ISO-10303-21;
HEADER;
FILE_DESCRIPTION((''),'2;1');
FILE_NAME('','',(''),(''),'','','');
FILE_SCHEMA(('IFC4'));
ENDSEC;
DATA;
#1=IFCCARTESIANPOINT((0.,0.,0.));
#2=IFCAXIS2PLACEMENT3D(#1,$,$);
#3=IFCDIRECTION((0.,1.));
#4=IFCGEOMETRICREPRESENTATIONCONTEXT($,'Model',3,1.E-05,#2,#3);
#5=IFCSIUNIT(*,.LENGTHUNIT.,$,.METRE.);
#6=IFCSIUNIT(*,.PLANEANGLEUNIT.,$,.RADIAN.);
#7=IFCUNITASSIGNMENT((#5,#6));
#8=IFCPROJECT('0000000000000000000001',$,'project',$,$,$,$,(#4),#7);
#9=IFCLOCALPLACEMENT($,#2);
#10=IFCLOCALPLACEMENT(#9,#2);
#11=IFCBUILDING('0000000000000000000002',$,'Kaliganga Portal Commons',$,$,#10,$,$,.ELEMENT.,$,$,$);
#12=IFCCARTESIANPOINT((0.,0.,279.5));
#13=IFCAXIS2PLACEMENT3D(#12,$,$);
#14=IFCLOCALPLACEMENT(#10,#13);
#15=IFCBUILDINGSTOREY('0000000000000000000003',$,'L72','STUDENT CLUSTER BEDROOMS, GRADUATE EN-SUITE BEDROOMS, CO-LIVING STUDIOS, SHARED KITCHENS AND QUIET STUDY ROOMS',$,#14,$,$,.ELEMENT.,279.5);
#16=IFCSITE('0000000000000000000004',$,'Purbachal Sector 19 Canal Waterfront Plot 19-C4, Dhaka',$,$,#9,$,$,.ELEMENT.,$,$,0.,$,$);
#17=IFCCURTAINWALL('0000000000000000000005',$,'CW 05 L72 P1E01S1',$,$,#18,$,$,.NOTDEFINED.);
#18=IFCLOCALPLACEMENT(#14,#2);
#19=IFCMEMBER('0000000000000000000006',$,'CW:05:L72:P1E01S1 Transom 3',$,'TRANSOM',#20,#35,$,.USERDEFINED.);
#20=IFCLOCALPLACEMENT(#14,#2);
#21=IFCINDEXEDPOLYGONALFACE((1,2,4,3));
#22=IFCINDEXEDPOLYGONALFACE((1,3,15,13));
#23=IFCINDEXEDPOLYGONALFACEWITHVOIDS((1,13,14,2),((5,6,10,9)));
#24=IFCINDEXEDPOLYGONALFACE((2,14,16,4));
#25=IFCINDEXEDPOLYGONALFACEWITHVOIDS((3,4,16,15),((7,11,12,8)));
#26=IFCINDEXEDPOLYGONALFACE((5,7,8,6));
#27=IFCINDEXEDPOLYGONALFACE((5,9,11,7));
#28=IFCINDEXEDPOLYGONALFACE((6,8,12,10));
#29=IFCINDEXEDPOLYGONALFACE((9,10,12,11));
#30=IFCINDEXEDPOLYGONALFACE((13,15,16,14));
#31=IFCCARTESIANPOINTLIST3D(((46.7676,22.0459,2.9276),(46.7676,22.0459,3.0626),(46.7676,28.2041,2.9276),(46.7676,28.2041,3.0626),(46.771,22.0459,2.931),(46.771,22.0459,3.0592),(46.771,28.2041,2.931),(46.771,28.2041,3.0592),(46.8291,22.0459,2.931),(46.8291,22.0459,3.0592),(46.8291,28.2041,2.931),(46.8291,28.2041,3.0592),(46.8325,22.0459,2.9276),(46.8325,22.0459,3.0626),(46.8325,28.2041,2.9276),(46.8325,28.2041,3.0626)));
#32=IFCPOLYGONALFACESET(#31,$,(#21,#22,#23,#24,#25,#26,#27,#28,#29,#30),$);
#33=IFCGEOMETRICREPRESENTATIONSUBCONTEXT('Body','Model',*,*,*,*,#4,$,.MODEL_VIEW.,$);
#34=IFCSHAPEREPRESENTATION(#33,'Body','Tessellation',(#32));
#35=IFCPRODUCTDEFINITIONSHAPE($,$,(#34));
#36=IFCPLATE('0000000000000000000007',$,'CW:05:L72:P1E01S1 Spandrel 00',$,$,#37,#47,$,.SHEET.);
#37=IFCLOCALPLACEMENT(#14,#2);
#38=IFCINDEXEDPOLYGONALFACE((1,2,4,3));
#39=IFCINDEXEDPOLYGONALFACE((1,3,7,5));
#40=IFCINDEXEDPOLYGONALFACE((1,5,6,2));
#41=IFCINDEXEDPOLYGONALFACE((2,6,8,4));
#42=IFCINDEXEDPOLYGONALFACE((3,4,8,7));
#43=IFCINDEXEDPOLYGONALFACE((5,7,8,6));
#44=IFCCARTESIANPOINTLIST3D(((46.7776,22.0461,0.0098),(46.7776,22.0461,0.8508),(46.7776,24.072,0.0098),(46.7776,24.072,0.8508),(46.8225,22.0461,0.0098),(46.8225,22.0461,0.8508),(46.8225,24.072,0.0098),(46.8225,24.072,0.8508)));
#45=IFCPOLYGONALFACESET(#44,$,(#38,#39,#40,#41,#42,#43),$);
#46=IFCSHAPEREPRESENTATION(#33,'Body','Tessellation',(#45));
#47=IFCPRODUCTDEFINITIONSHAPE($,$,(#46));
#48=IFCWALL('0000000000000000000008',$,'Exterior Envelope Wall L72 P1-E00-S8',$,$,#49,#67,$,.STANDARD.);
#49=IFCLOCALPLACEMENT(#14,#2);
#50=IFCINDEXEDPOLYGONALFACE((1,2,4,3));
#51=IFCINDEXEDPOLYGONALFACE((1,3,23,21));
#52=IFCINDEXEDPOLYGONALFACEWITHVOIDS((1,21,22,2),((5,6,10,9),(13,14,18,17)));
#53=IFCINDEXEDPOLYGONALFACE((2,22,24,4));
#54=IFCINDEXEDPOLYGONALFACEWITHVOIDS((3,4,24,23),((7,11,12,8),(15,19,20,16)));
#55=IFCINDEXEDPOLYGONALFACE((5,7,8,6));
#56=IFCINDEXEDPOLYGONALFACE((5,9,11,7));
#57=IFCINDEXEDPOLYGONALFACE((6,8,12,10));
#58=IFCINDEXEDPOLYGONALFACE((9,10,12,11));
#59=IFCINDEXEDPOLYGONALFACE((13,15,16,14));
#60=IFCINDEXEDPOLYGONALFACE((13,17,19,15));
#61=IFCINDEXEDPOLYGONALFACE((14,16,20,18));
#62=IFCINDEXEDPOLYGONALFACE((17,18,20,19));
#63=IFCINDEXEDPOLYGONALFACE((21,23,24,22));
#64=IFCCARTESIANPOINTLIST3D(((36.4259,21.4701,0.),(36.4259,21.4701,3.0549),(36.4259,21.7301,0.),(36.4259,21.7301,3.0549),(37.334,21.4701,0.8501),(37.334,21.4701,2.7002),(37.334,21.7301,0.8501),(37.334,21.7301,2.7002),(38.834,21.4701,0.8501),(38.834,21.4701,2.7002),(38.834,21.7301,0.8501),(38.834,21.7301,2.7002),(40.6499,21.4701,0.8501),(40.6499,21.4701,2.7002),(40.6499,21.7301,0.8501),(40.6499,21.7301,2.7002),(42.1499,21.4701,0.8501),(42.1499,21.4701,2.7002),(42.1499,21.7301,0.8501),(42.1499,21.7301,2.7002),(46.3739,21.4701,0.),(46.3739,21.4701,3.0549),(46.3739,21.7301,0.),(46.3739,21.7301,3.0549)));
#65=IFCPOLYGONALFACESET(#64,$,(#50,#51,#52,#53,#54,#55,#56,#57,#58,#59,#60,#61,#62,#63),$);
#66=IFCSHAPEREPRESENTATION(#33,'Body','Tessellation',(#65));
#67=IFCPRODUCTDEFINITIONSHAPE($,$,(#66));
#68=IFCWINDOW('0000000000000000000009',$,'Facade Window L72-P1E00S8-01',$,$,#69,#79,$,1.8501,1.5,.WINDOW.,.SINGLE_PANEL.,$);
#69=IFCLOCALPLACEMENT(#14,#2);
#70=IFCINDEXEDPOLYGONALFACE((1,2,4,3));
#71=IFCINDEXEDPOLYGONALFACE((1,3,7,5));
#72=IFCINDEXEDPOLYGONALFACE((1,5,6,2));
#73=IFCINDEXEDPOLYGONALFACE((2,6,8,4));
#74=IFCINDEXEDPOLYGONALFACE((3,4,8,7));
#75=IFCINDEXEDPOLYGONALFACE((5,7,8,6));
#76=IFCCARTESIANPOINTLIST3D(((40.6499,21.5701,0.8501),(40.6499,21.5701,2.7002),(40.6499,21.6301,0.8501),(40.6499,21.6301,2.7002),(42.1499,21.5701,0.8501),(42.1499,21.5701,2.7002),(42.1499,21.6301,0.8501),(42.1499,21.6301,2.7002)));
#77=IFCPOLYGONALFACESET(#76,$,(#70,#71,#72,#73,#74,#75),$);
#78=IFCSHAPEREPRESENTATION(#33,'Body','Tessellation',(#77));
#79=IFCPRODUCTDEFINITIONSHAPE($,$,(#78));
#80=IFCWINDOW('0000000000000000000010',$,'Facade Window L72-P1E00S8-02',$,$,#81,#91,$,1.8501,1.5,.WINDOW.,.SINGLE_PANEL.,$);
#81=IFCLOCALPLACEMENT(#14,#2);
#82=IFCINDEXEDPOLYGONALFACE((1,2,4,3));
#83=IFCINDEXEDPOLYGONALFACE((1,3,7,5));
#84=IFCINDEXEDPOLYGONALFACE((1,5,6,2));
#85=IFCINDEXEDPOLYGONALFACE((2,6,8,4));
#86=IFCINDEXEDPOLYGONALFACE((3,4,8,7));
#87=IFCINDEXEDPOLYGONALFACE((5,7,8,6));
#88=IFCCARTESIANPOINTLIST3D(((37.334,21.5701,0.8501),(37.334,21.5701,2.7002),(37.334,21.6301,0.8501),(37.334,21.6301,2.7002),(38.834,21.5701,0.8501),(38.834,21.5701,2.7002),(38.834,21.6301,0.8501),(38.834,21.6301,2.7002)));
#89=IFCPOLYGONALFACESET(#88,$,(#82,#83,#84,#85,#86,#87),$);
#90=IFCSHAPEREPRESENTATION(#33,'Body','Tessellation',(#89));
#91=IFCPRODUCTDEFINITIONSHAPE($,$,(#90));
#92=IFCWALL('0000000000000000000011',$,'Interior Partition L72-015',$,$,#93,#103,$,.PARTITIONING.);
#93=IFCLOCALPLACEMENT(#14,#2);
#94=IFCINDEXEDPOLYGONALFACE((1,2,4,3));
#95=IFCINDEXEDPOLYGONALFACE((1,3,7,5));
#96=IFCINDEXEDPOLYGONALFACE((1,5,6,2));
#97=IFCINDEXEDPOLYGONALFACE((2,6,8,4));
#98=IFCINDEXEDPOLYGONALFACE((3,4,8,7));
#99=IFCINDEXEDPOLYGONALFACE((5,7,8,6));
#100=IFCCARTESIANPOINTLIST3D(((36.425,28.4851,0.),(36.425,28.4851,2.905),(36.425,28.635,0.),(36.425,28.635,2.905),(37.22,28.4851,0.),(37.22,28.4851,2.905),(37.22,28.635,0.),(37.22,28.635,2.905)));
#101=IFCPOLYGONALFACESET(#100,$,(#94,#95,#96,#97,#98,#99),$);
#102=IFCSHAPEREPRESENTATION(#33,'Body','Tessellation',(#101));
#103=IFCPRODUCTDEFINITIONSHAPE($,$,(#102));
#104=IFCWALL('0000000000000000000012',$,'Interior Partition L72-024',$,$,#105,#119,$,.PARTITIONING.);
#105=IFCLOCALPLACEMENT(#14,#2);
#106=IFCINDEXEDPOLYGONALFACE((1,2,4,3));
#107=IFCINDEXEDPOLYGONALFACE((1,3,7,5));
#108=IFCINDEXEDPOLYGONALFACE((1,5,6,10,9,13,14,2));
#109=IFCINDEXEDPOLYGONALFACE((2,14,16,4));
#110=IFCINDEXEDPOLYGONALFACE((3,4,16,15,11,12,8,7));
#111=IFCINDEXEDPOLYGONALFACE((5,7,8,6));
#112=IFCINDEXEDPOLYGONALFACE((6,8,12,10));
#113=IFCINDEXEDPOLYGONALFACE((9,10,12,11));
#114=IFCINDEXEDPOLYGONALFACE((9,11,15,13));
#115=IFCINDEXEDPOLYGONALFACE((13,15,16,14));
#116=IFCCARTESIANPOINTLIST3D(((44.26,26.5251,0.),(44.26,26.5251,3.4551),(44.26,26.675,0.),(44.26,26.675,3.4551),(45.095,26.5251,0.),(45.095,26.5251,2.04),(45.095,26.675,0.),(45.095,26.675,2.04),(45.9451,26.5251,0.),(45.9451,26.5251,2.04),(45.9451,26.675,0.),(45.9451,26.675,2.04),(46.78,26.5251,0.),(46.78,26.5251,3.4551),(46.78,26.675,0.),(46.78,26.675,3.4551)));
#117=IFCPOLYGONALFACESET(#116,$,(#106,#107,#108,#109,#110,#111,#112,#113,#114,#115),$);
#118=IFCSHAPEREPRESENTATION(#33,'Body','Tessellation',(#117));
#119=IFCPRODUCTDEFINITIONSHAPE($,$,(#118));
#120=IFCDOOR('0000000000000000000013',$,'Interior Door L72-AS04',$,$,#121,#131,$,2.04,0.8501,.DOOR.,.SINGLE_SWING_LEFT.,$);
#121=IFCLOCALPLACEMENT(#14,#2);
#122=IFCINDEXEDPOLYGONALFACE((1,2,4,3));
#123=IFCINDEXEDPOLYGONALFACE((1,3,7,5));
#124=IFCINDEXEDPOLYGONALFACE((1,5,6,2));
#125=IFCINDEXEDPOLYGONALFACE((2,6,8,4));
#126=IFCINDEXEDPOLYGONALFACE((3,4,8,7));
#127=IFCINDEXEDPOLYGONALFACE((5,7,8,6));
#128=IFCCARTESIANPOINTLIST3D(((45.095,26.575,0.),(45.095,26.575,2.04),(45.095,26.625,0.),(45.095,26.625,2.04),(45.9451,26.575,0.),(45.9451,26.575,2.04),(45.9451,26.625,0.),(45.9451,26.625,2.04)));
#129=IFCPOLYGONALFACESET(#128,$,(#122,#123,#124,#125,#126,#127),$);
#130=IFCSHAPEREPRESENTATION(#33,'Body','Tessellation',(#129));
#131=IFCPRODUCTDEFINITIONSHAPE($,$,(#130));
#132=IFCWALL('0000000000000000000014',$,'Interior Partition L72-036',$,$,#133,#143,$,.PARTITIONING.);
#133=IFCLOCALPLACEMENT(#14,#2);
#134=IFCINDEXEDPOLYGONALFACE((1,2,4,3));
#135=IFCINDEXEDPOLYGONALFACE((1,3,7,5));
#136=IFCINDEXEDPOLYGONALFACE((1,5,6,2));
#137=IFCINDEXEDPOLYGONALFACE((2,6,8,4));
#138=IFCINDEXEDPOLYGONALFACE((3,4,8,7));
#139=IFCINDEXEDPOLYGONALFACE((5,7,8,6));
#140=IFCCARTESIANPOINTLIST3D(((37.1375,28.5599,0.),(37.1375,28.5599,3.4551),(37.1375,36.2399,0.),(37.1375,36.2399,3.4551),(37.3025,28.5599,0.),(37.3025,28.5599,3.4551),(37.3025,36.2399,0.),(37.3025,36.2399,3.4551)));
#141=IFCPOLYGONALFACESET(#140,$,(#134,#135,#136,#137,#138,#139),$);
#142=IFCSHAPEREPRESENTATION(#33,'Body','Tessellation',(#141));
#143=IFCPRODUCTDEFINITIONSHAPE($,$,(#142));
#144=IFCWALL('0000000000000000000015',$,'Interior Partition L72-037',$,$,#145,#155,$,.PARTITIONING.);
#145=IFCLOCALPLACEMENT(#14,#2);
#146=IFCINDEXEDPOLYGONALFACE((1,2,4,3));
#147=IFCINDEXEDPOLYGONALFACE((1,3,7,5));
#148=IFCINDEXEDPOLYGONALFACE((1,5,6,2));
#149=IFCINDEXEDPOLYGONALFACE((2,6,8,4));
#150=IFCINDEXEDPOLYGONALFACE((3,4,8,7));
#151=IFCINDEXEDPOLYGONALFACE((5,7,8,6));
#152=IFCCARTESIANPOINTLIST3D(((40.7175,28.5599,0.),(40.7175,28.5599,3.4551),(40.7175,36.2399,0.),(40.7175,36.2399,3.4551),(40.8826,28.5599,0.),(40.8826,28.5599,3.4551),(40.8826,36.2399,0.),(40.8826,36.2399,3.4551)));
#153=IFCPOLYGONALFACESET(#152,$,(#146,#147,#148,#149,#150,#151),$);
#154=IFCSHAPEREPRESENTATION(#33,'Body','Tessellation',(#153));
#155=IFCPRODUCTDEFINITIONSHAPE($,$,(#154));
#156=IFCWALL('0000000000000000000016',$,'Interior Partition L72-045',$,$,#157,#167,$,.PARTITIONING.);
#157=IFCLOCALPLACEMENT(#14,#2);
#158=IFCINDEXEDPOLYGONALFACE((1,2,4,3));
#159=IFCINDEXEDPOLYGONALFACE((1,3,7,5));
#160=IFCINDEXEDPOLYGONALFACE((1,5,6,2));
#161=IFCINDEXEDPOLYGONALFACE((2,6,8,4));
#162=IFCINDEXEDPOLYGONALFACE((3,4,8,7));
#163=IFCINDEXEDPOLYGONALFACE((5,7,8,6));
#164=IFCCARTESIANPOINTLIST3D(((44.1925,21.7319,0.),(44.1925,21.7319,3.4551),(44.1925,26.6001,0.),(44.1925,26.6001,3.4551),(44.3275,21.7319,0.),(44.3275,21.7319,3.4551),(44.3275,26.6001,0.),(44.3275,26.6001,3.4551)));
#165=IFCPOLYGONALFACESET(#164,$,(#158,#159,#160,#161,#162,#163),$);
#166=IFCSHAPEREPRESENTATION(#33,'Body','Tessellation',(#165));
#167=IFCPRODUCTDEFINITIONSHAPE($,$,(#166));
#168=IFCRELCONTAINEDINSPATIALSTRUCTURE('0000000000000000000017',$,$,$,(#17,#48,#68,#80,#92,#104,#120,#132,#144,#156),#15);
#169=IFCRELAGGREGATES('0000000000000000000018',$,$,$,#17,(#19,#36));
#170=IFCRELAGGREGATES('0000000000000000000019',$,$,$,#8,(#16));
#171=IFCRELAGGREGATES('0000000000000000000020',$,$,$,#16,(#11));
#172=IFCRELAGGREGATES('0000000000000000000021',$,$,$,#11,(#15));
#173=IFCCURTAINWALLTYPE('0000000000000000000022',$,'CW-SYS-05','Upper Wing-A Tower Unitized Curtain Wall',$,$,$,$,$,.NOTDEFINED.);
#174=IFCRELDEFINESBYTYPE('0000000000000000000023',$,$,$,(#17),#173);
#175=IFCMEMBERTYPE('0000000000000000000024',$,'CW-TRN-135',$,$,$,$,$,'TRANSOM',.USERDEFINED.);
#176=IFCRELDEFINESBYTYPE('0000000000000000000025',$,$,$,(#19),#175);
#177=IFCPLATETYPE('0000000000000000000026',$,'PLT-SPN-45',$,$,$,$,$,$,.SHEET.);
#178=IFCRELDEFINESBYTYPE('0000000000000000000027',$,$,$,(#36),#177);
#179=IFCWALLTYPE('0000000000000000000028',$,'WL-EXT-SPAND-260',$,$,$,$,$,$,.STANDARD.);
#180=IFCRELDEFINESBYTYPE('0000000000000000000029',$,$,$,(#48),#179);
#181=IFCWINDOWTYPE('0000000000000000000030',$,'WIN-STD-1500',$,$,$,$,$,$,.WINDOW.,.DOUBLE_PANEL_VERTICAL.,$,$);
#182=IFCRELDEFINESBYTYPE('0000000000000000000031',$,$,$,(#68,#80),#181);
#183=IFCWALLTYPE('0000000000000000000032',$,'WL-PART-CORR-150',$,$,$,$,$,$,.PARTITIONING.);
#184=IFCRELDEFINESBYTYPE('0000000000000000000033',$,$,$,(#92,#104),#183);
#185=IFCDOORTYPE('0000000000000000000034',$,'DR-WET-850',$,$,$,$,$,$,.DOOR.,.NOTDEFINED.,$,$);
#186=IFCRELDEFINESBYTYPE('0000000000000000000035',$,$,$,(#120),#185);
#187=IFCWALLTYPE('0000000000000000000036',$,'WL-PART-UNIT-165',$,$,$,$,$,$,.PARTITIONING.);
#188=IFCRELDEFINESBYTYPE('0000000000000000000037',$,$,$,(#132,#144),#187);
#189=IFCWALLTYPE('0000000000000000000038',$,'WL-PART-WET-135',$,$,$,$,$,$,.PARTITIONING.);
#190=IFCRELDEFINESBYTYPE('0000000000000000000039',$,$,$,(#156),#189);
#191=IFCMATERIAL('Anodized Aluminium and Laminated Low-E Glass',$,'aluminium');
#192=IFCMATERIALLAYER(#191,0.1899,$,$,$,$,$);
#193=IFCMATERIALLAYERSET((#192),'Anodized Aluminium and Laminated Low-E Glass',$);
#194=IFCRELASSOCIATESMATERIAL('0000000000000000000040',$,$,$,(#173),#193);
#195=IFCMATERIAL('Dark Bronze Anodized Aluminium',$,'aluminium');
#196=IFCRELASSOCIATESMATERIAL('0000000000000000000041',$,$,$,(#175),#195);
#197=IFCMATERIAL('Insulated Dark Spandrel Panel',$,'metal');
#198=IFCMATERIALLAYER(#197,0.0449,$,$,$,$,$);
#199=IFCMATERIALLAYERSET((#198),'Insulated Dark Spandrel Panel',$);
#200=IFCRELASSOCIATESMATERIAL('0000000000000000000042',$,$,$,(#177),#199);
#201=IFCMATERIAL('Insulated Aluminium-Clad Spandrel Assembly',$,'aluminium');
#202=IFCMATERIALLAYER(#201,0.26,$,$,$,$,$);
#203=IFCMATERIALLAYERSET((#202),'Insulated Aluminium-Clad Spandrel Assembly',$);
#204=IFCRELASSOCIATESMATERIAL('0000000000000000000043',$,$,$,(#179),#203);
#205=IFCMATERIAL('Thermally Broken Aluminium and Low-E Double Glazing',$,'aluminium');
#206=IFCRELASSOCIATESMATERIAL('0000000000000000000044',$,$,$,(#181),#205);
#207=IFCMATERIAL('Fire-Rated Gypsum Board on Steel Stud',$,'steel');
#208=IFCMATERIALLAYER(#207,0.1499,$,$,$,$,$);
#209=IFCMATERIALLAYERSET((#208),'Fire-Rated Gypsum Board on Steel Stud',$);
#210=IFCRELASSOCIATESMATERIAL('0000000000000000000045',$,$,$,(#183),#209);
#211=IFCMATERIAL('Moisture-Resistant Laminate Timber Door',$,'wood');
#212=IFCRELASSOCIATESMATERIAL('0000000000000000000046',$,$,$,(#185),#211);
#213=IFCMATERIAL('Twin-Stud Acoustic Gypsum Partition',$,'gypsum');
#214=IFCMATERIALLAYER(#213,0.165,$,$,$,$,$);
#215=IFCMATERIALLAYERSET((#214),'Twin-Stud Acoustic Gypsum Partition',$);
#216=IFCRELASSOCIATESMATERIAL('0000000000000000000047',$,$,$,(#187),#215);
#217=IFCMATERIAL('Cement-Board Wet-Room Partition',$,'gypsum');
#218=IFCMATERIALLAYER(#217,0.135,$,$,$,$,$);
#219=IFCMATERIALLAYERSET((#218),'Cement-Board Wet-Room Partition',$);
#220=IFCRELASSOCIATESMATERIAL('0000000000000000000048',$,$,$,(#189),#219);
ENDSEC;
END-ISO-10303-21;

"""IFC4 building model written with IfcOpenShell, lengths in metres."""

from ifc_helpers import new_model, si_unit, direction, frame, frame_2d, origin, origin_2d, place, context, subcontext, project, spatial, rectangle, hollow_rectangle, extrude, source, transform, mapped, material, layer, layer_set, material_profile, profile_set, type_object, element, fill, aggregate, save


model = new_model("IFC4")

# Units and contexts
model_context = context("Model", 3, precision=1e-05, world=origin(), true_north=direction((0.0, 1.0)))
body_context = subcontext(model_context, "Body", "Model", "MODEL_VIEW")
ifc_project = project(units=[si_unit("LENGTHUNIT", "METRE"), si_unit("PLANEANGLEUNIT", "RADIAN")], contexts=[model_context])

# Site, building, storey
site_placement = place(None, origin())
site = spatial("IfcSite", under=ifc_project, at=site_placement, Name="Purbachal Sector 19 Canal Waterfront Plot 19-C4, Dhaka", CompositionType="ELEMENT", RefElevation=0.0)
building_placement = place(site_placement, origin())
building = spatial("IfcBuilding", under=site, at=building_placement, Name="Kaliganga Portal Commons", CompositionType="ELEMENT")
storey_placement = place(building_placement, frame((0.0, 0.0, 279.5)))
storey = spatial("IfcBuildingStorey", under=building, at=storey_placement, Name="L72", Description="STUDENT CLUSTER BEDROOMS, GRADUATE EN-SUITE BEDROOMS, CO-LIVING STUDIOS, SHARED KITCHENS AND QUIET STUDY ROOMS", CompositionType="ELEMENT", Elevation=279.5)

# Curtain wall, member, plate
ifc_material_1 = material(Name="Anodized Aluminium and Laminated Low-E Glass", Category="aluminium")
ifc_layer_1 = layer(ifc_material_1, 0.1899)
ifc_layer_set_1 = layer_set([ifc_layer_1], Name="Anodized Aluminium and Laminated Low-E Glass")
curtain_wall_type = type_object("IfcCurtainWallType", Name="CW-SYS-05", Description="Upper Wing-A Tower Unitized Curtain Wall", PredefinedType="NOTDEFINED", material=ifc_layer_set_1)
curtain_wall_placement = place(storey_placement, origin())
curtain_wall = element("IfcCurtainWall", 1, at=curtain_wall_placement, inside=storey, type_object=curtain_wall_type, Name="CW 05 L72 P1E01S1", PredefinedType="NOTDEFINED")
ifc_material_2 = material(Name="Dark Bronze Anodized Aluminium", Category="aluminium")
ifc_material_profile_1 = material_profile(ifc_material_2, hollow_rectangle(XDim=0.0649, YDim=0.135, WallThickness=0.0034, at=origin_2d()), Name="ALU TRAN 65x135x3.5")
ifc_profile_set_1 = profile_set([ifc_material_profile_1], Name="Dark Bronze Anodized Aluminium")
member_type_1 = type_object("IfcMemberType", Name="CW-TRN-135", ElementType="TRANSOM", PredefinedType="USERDEFINED", material=ifc_profile_set_1)
shared_shape_1 = source(origin(), body_context, "Body", "SweptSolid", [
    extrude(hollow_rectangle(XDim=0.0649, YDim=0.135, WallThickness=0.0034, at=origin_2d()), origin(), (0.0, 0.0, 1.0), 6.1582),
])
member_1_placement = place(storey_placement, frame((46.8, 22.0459, 2.9951), z_axis=(0.0, 1.0, 0.0), x_axis=(-1.0, 0.0, 0.0)))
member_1 = element("IfcMember", 2, at=member_1_placement, type_object=member_type_1, Name="CW:05:L72:P1E01S1 Transom 3", ObjectType="TRANSOM", PredefinedType="USERDEFINED", context=body_context, shape_type="MappedRepresentation", body=[
    mapped(shared_shape_1, transform((0.0, 0.0, 0.0), x_axis=(1.0, 0.0, 0.0), y_axis=(0.0, 1.0, 0.0), z_axis=(0.0, 0.0, 1.0), scale=1.0)),
])
ifc_material_3 = material(Name="Insulated Dark Spandrel Panel", Category="metal")
ifc_layer_2 = layer(ifc_material_3, 0.0449)
ifc_layer_set_2 = layer_set([ifc_layer_2], Name="Insulated Dark Spandrel Panel")
plate_type = type_object("IfcPlateType", Name="PLT-SPN-45", PredefinedType="SHEET", material=ifc_layer_set_2)
shared_shape_2 = source(origin(), body_context, "Body", "SweptSolid", [
    extrude(rectangle(XDim=2.0259, YDim=0.0449, at=origin_2d()), origin(), (0.0, 0.0, 1.0), 0.8411),
])
plate_placement = place(storey_placement, frame((46.8, 23.0591, 0.0098), z_axis=(0.0, 0.0, 1.0), x_axis=(0.0, 1.0, 0.0)))
plate = element("IfcPlate", 3, at=plate_placement, type_object=plate_type, Name="CW:05:L72:P1E01S1 Spandrel 00", PredefinedType="SHEET", context=body_context, shape_type="MappedRepresentation", body=[
    mapped(shared_shape_2, transform((0.0, 0.0, 0.0), x_axis=(1.0, 0.0, 0.0), y_axis=(0.0, 1.0, 0.0), z_axis=(0.0, 0.0, 1.0), scale=1.0)),
])
aggregate(curtain_wall, [member_1, plate])

# Wall, openings, windows
ifc_material_4 = material(Name="Insulated Aluminium-Clad Spandrel Assembly", Category="aluminium")
ifc_layer_3 = layer(ifc_material_4, 0.26)
ifc_layer_set_3 = layer_set([ifc_layer_3], Name="Insulated Aluminium-Clad Spandrel Assembly")
wall_type_1 = type_object("IfcWallType", Name="WL-EXT-SPAND-260", PredefinedType="STANDARD", material=ifc_layer_set_3)
wall_1_placement = place(storey_placement, frame((46.374, 21.6001, 0.0), z_axis=(0.0, 0.0, 1.0), x_axis=(-1.0, 0.0, 0.0)))
wall_1 = element("IfcWall", 4, at=wall_1_placement, inside=storey, type_object=wall_type_1, Name="Exterior Envelope Wall L72 P1-E00-S8", PredefinedType="STANDARD", context=body_context, shape_type="SweptSolid", body=[
    extrude(rectangle(XDim=9.948, YDim=0.26, at=frame_2d((4.9741, 0.0))), origin(), (0.0, 0.0, 1.0), 3.0549),
])
opening_1_placement = place(wall_1_placement, frame((4.2241, 0.0, 0.8501)))
opening_1 = element("IfcOpeningElement", 5, at=opening_1_placement, cuts=wall_1, PredefinedType="OPENING", context=body_context, shape_type="SweptSolid", body=[
    extrude(rectangle(XDim=1.5, YDim=1.8501, at=frame_2d((0.75, 0.925))), frame((0.0, 0.1401, 0.0), z_axis=(0.0, -1.0, 0.0), x_axis=(1.0, 0.0, 0.0)), (0.0, 0.0, 1.0), 0.28),
])
opening_2_placement = place(wall_1_placement, frame((7.54, 0.0, 0.8501)))
opening_2 = element("IfcOpeningElement", 6, at=opening_2_placement, cuts=wall_1, PredefinedType="OPENING", context=body_context, shape_type="SweptSolid", body=[
    extrude(rectangle(XDim=1.5, YDim=1.8501, at=frame_2d((0.75, 0.925))), frame((0.0, 0.1401, 0.0), z_axis=(0.0, -1.0, 0.0), x_axis=(1.0, 0.0, 0.0)), (0.0, 0.0, 1.0), 0.28),
])
ifc_material_5 = material(Name="Thermally Broken Aluminium and Low-E Double Glazing", Category="aluminium")
window_type = type_object("IfcWindowType", Name="WIN-STD-1500", PartitioningType="DOUBLE_PANEL_VERTICAL", PredefinedType="WINDOW", material=ifc_material_5)
window_1_placement = place(opening_1_placement, origin())
window_1 = element("IfcWindow", 7, at=window_1_placement, inside=storey, type_object=window_type, Name="Facade Window L72-P1E00S8-01", OverallHeight=1.8501, OverallWidth=1.5, PartitioningType="SINGLE_PANEL", PredefinedType="WINDOW", context=body_context, shape_type="SweptSolid", body=[
    extrude(rectangle(XDim=1.5, YDim=1.8501, at=frame_2d((0.75, 0.925))), frame((0.0, 0.03, 0.0), z_axis=(0.0, -1.0, 0.0), x_axis=(1.0, 0.0, 0.0)), (0.0, 0.0, 1.0), 0.0601),
])
fill(opening_1, window_1)
window_2_placement = place(opening_2_placement, origin())
window_2 = element("IfcWindow", 8, at=window_2_placement, inside=storey, type_object=window_type, Name="Facade Window L72-P1E00S8-02", OverallHeight=1.8501, OverallWidth=1.5, PartitioningType="SINGLE_PANEL", PredefinedType="WINDOW", context=body_context, shape_type="SweptSolid", body=[
    extrude(rectangle(XDim=1.5, YDim=1.8501, at=frame_2d((0.75, 0.925))), frame((0.0, 0.03, 0.0), z_axis=(0.0, -1.0, 0.0), x_axis=(1.0, 0.0, 0.0)), (0.0, 0.0, 1.0), 0.0601),
])
fill(opening_2, window_2)

# Shared definitions
ifc_material_6 = material(Name="Fire-Rated Gypsum Board on Steel Stud", Category="steel")
ifc_layer_4 = layer(ifc_material_6, 0.1499)
ifc_layer_set_4 = layer_set([ifc_layer_4], Name="Fire-Rated Gypsum Board on Steel Stud")
wall_type_2 = type_object("IfcWallType", Name="WL-PART-CORR-150", PredefinedType="PARTITIONING", material=ifc_layer_set_4)

# Wall
wall_2_placement = place(storey_placement, frame((36.425, 28.5601, 0.0), z_axis=(0.0, 0.0, 1.0), x_axis=(1.0, 0.0, 0.0)))
element("IfcWall", 9, at=wall_2_placement, inside=storey, type_object=wall_type_2, Name="Interior Partition L72-015", PredefinedType="PARTITIONING", context=body_context, shape_type="SweptSolid", body=[
    extrude(rectangle(XDim=0.7949, YDim=0.1499, at=frame_2d((0.3975, 0.0))), origin(), (0.0, 0.0, 1.0), 2.905),
])

# Wall, opening, door
wall_3_placement = place(storey_placement, frame((44.26, 26.6001, 0.0), z_axis=(0.0, 0.0, 1.0), x_axis=(1.0, 0.0, 0.0)))
wall_3 = element("IfcWall", 10, at=wall_3_placement, inside=storey, type_object=wall_type_2, Name="Interior Partition L72-024", PredefinedType="PARTITIONING", context=body_context, shape_type="SweptSolid", body=[
    extrude(rectangle(XDim=2.52, YDim=0.1499, at=frame_2d((1.26, 0.0))), origin(), (0.0, 0.0, 1.0), 3.4551),
])
opening_3_placement = place(wall_3_placement, frame((0.835, 0.0, 0.0)))
opening_3 = element("IfcOpeningElement", 11, at=opening_3_placement, cuts=wall_3, PredefinedType="OPENING", context=body_context, shape_type="SweptSolid", body=[
    extrude(rectangle(XDim=0.8501, YDim=2.04, at=frame_2d((0.425, 1.02))), frame((0.0, 0.085, 0.0), z_axis=(0.0, -1.0, 0.0), x_axis=(1.0, 0.0, 0.0)), (0.0, 0.0, 1.0), 0.1699),
])
ifc_material_7 = material(Name="Moisture-Resistant Laminate Timber Door", Category="wood")
door_type_1 = type_object("IfcDoorType", Name="DR-WET-850", OperationType="NOTDEFINED", PredefinedType="DOOR", material=ifc_material_7)
door_1_placement = place(opening_3_placement, origin())
door_1 = element("IfcDoor", 12, at=door_1_placement, inside=storey, type_object=door_type_1, Name="Interior Door L72-AS04", OperationType="SINGLE_SWING_LEFT", OverallHeight=2.04, OverallWidth=0.8501, PredefinedType="DOOR", context=body_context, shape_type="SweptSolid", body=[
    extrude(rectangle(XDim=0.8501, YDim=2.04, at=frame_2d((0.425, 1.02))), frame((0.0, 0.0249, 0.0), z_axis=(0.0, -1.0, 0.0), x_axis=(1.0, 0.0, 0.0)), (0.0, 0.0, 1.0), 0.05),
])
fill(opening_3, door_1)

# Walls
ifc_material_8 = material(Name="Twin-Stud Acoustic Gypsum Partition", Category="gypsum")
ifc_layer_5 = layer(ifc_material_8, 0.165)
ifc_layer_set_5 = layer_set([ifc_layer_5], Name="Twin-Stud Acoustic Gypsum Partition")
wall_type_3 = type_object("IfcWallType", Name="WL-PART-UNIT-165", PredefinedType="PARTITIONING", material=ifc_layer_set_5)
for number, where, z_axis, x_axis, name in (
    (13, (37.22, 28.5601, 0.0), (0.0, 0.0, 1.0), (0.0, 1.0, 0.0), "Interior Partition L72-036"),
    (14, (40.8, 28.5601, 0.0), (0.0, 0.0, 1.0), (0.0, 1.0, 0.0), "Interior Partition L72-037"),
):
    element("IfcWall", number, at=place(storey_placement, frame(where, z_axis=z_axis, x_axis=x_axis)), inside=storey, type_object=wall_type_3, Name=name, PredefinedType="PARTITIONING", context=body_context, shape_type="SweptSolid", body=[
        extrude(rectangle(XDim=7.6799, YDim=0.165, at=frame_2d((3.8398, 0.0))), origin(), (0.0, 0.0, 1.0), 3.4551),
    ])
ifc_material_9 = material(Name="Cement-Board Wet-Room Partition", Category="gypsum")
ifc_layer_6 = layer(ifc_material_9, 0.135)
ifc_layer_set_6 = layer_set([ifc_layer_6], Name="Cement-Board Wet-Room Partition")
wall_type_4 = type_object("IfcWallType", Name="WL-PART-WET-135", PredefinedType="PARTITIONING", material=ifc_layer_set_6)
wall_4_placement = place(storey_placement, frame((44.26, 21.7319, 0.0), z_axis=(0.0, 0.0, 1.0), x_axis=(0.0, 1.0, 0.0)))
element("IfcWall", 15, at=wall_4_placement, inside=storey, type_object=wall_type_4, Name="Interior Partition L72-045", PredefinedType="PARTITIONING", context=body_context, shape_type="SweptSolid", body=[
    extrude(rectangle(XDim=4.8682, YDim=0.135, at=frame_2d((2.4341, 0.0))), origin(), (0.0, 0.0, 1.0), 3.4551),
])

save(model, "model.ifc")
